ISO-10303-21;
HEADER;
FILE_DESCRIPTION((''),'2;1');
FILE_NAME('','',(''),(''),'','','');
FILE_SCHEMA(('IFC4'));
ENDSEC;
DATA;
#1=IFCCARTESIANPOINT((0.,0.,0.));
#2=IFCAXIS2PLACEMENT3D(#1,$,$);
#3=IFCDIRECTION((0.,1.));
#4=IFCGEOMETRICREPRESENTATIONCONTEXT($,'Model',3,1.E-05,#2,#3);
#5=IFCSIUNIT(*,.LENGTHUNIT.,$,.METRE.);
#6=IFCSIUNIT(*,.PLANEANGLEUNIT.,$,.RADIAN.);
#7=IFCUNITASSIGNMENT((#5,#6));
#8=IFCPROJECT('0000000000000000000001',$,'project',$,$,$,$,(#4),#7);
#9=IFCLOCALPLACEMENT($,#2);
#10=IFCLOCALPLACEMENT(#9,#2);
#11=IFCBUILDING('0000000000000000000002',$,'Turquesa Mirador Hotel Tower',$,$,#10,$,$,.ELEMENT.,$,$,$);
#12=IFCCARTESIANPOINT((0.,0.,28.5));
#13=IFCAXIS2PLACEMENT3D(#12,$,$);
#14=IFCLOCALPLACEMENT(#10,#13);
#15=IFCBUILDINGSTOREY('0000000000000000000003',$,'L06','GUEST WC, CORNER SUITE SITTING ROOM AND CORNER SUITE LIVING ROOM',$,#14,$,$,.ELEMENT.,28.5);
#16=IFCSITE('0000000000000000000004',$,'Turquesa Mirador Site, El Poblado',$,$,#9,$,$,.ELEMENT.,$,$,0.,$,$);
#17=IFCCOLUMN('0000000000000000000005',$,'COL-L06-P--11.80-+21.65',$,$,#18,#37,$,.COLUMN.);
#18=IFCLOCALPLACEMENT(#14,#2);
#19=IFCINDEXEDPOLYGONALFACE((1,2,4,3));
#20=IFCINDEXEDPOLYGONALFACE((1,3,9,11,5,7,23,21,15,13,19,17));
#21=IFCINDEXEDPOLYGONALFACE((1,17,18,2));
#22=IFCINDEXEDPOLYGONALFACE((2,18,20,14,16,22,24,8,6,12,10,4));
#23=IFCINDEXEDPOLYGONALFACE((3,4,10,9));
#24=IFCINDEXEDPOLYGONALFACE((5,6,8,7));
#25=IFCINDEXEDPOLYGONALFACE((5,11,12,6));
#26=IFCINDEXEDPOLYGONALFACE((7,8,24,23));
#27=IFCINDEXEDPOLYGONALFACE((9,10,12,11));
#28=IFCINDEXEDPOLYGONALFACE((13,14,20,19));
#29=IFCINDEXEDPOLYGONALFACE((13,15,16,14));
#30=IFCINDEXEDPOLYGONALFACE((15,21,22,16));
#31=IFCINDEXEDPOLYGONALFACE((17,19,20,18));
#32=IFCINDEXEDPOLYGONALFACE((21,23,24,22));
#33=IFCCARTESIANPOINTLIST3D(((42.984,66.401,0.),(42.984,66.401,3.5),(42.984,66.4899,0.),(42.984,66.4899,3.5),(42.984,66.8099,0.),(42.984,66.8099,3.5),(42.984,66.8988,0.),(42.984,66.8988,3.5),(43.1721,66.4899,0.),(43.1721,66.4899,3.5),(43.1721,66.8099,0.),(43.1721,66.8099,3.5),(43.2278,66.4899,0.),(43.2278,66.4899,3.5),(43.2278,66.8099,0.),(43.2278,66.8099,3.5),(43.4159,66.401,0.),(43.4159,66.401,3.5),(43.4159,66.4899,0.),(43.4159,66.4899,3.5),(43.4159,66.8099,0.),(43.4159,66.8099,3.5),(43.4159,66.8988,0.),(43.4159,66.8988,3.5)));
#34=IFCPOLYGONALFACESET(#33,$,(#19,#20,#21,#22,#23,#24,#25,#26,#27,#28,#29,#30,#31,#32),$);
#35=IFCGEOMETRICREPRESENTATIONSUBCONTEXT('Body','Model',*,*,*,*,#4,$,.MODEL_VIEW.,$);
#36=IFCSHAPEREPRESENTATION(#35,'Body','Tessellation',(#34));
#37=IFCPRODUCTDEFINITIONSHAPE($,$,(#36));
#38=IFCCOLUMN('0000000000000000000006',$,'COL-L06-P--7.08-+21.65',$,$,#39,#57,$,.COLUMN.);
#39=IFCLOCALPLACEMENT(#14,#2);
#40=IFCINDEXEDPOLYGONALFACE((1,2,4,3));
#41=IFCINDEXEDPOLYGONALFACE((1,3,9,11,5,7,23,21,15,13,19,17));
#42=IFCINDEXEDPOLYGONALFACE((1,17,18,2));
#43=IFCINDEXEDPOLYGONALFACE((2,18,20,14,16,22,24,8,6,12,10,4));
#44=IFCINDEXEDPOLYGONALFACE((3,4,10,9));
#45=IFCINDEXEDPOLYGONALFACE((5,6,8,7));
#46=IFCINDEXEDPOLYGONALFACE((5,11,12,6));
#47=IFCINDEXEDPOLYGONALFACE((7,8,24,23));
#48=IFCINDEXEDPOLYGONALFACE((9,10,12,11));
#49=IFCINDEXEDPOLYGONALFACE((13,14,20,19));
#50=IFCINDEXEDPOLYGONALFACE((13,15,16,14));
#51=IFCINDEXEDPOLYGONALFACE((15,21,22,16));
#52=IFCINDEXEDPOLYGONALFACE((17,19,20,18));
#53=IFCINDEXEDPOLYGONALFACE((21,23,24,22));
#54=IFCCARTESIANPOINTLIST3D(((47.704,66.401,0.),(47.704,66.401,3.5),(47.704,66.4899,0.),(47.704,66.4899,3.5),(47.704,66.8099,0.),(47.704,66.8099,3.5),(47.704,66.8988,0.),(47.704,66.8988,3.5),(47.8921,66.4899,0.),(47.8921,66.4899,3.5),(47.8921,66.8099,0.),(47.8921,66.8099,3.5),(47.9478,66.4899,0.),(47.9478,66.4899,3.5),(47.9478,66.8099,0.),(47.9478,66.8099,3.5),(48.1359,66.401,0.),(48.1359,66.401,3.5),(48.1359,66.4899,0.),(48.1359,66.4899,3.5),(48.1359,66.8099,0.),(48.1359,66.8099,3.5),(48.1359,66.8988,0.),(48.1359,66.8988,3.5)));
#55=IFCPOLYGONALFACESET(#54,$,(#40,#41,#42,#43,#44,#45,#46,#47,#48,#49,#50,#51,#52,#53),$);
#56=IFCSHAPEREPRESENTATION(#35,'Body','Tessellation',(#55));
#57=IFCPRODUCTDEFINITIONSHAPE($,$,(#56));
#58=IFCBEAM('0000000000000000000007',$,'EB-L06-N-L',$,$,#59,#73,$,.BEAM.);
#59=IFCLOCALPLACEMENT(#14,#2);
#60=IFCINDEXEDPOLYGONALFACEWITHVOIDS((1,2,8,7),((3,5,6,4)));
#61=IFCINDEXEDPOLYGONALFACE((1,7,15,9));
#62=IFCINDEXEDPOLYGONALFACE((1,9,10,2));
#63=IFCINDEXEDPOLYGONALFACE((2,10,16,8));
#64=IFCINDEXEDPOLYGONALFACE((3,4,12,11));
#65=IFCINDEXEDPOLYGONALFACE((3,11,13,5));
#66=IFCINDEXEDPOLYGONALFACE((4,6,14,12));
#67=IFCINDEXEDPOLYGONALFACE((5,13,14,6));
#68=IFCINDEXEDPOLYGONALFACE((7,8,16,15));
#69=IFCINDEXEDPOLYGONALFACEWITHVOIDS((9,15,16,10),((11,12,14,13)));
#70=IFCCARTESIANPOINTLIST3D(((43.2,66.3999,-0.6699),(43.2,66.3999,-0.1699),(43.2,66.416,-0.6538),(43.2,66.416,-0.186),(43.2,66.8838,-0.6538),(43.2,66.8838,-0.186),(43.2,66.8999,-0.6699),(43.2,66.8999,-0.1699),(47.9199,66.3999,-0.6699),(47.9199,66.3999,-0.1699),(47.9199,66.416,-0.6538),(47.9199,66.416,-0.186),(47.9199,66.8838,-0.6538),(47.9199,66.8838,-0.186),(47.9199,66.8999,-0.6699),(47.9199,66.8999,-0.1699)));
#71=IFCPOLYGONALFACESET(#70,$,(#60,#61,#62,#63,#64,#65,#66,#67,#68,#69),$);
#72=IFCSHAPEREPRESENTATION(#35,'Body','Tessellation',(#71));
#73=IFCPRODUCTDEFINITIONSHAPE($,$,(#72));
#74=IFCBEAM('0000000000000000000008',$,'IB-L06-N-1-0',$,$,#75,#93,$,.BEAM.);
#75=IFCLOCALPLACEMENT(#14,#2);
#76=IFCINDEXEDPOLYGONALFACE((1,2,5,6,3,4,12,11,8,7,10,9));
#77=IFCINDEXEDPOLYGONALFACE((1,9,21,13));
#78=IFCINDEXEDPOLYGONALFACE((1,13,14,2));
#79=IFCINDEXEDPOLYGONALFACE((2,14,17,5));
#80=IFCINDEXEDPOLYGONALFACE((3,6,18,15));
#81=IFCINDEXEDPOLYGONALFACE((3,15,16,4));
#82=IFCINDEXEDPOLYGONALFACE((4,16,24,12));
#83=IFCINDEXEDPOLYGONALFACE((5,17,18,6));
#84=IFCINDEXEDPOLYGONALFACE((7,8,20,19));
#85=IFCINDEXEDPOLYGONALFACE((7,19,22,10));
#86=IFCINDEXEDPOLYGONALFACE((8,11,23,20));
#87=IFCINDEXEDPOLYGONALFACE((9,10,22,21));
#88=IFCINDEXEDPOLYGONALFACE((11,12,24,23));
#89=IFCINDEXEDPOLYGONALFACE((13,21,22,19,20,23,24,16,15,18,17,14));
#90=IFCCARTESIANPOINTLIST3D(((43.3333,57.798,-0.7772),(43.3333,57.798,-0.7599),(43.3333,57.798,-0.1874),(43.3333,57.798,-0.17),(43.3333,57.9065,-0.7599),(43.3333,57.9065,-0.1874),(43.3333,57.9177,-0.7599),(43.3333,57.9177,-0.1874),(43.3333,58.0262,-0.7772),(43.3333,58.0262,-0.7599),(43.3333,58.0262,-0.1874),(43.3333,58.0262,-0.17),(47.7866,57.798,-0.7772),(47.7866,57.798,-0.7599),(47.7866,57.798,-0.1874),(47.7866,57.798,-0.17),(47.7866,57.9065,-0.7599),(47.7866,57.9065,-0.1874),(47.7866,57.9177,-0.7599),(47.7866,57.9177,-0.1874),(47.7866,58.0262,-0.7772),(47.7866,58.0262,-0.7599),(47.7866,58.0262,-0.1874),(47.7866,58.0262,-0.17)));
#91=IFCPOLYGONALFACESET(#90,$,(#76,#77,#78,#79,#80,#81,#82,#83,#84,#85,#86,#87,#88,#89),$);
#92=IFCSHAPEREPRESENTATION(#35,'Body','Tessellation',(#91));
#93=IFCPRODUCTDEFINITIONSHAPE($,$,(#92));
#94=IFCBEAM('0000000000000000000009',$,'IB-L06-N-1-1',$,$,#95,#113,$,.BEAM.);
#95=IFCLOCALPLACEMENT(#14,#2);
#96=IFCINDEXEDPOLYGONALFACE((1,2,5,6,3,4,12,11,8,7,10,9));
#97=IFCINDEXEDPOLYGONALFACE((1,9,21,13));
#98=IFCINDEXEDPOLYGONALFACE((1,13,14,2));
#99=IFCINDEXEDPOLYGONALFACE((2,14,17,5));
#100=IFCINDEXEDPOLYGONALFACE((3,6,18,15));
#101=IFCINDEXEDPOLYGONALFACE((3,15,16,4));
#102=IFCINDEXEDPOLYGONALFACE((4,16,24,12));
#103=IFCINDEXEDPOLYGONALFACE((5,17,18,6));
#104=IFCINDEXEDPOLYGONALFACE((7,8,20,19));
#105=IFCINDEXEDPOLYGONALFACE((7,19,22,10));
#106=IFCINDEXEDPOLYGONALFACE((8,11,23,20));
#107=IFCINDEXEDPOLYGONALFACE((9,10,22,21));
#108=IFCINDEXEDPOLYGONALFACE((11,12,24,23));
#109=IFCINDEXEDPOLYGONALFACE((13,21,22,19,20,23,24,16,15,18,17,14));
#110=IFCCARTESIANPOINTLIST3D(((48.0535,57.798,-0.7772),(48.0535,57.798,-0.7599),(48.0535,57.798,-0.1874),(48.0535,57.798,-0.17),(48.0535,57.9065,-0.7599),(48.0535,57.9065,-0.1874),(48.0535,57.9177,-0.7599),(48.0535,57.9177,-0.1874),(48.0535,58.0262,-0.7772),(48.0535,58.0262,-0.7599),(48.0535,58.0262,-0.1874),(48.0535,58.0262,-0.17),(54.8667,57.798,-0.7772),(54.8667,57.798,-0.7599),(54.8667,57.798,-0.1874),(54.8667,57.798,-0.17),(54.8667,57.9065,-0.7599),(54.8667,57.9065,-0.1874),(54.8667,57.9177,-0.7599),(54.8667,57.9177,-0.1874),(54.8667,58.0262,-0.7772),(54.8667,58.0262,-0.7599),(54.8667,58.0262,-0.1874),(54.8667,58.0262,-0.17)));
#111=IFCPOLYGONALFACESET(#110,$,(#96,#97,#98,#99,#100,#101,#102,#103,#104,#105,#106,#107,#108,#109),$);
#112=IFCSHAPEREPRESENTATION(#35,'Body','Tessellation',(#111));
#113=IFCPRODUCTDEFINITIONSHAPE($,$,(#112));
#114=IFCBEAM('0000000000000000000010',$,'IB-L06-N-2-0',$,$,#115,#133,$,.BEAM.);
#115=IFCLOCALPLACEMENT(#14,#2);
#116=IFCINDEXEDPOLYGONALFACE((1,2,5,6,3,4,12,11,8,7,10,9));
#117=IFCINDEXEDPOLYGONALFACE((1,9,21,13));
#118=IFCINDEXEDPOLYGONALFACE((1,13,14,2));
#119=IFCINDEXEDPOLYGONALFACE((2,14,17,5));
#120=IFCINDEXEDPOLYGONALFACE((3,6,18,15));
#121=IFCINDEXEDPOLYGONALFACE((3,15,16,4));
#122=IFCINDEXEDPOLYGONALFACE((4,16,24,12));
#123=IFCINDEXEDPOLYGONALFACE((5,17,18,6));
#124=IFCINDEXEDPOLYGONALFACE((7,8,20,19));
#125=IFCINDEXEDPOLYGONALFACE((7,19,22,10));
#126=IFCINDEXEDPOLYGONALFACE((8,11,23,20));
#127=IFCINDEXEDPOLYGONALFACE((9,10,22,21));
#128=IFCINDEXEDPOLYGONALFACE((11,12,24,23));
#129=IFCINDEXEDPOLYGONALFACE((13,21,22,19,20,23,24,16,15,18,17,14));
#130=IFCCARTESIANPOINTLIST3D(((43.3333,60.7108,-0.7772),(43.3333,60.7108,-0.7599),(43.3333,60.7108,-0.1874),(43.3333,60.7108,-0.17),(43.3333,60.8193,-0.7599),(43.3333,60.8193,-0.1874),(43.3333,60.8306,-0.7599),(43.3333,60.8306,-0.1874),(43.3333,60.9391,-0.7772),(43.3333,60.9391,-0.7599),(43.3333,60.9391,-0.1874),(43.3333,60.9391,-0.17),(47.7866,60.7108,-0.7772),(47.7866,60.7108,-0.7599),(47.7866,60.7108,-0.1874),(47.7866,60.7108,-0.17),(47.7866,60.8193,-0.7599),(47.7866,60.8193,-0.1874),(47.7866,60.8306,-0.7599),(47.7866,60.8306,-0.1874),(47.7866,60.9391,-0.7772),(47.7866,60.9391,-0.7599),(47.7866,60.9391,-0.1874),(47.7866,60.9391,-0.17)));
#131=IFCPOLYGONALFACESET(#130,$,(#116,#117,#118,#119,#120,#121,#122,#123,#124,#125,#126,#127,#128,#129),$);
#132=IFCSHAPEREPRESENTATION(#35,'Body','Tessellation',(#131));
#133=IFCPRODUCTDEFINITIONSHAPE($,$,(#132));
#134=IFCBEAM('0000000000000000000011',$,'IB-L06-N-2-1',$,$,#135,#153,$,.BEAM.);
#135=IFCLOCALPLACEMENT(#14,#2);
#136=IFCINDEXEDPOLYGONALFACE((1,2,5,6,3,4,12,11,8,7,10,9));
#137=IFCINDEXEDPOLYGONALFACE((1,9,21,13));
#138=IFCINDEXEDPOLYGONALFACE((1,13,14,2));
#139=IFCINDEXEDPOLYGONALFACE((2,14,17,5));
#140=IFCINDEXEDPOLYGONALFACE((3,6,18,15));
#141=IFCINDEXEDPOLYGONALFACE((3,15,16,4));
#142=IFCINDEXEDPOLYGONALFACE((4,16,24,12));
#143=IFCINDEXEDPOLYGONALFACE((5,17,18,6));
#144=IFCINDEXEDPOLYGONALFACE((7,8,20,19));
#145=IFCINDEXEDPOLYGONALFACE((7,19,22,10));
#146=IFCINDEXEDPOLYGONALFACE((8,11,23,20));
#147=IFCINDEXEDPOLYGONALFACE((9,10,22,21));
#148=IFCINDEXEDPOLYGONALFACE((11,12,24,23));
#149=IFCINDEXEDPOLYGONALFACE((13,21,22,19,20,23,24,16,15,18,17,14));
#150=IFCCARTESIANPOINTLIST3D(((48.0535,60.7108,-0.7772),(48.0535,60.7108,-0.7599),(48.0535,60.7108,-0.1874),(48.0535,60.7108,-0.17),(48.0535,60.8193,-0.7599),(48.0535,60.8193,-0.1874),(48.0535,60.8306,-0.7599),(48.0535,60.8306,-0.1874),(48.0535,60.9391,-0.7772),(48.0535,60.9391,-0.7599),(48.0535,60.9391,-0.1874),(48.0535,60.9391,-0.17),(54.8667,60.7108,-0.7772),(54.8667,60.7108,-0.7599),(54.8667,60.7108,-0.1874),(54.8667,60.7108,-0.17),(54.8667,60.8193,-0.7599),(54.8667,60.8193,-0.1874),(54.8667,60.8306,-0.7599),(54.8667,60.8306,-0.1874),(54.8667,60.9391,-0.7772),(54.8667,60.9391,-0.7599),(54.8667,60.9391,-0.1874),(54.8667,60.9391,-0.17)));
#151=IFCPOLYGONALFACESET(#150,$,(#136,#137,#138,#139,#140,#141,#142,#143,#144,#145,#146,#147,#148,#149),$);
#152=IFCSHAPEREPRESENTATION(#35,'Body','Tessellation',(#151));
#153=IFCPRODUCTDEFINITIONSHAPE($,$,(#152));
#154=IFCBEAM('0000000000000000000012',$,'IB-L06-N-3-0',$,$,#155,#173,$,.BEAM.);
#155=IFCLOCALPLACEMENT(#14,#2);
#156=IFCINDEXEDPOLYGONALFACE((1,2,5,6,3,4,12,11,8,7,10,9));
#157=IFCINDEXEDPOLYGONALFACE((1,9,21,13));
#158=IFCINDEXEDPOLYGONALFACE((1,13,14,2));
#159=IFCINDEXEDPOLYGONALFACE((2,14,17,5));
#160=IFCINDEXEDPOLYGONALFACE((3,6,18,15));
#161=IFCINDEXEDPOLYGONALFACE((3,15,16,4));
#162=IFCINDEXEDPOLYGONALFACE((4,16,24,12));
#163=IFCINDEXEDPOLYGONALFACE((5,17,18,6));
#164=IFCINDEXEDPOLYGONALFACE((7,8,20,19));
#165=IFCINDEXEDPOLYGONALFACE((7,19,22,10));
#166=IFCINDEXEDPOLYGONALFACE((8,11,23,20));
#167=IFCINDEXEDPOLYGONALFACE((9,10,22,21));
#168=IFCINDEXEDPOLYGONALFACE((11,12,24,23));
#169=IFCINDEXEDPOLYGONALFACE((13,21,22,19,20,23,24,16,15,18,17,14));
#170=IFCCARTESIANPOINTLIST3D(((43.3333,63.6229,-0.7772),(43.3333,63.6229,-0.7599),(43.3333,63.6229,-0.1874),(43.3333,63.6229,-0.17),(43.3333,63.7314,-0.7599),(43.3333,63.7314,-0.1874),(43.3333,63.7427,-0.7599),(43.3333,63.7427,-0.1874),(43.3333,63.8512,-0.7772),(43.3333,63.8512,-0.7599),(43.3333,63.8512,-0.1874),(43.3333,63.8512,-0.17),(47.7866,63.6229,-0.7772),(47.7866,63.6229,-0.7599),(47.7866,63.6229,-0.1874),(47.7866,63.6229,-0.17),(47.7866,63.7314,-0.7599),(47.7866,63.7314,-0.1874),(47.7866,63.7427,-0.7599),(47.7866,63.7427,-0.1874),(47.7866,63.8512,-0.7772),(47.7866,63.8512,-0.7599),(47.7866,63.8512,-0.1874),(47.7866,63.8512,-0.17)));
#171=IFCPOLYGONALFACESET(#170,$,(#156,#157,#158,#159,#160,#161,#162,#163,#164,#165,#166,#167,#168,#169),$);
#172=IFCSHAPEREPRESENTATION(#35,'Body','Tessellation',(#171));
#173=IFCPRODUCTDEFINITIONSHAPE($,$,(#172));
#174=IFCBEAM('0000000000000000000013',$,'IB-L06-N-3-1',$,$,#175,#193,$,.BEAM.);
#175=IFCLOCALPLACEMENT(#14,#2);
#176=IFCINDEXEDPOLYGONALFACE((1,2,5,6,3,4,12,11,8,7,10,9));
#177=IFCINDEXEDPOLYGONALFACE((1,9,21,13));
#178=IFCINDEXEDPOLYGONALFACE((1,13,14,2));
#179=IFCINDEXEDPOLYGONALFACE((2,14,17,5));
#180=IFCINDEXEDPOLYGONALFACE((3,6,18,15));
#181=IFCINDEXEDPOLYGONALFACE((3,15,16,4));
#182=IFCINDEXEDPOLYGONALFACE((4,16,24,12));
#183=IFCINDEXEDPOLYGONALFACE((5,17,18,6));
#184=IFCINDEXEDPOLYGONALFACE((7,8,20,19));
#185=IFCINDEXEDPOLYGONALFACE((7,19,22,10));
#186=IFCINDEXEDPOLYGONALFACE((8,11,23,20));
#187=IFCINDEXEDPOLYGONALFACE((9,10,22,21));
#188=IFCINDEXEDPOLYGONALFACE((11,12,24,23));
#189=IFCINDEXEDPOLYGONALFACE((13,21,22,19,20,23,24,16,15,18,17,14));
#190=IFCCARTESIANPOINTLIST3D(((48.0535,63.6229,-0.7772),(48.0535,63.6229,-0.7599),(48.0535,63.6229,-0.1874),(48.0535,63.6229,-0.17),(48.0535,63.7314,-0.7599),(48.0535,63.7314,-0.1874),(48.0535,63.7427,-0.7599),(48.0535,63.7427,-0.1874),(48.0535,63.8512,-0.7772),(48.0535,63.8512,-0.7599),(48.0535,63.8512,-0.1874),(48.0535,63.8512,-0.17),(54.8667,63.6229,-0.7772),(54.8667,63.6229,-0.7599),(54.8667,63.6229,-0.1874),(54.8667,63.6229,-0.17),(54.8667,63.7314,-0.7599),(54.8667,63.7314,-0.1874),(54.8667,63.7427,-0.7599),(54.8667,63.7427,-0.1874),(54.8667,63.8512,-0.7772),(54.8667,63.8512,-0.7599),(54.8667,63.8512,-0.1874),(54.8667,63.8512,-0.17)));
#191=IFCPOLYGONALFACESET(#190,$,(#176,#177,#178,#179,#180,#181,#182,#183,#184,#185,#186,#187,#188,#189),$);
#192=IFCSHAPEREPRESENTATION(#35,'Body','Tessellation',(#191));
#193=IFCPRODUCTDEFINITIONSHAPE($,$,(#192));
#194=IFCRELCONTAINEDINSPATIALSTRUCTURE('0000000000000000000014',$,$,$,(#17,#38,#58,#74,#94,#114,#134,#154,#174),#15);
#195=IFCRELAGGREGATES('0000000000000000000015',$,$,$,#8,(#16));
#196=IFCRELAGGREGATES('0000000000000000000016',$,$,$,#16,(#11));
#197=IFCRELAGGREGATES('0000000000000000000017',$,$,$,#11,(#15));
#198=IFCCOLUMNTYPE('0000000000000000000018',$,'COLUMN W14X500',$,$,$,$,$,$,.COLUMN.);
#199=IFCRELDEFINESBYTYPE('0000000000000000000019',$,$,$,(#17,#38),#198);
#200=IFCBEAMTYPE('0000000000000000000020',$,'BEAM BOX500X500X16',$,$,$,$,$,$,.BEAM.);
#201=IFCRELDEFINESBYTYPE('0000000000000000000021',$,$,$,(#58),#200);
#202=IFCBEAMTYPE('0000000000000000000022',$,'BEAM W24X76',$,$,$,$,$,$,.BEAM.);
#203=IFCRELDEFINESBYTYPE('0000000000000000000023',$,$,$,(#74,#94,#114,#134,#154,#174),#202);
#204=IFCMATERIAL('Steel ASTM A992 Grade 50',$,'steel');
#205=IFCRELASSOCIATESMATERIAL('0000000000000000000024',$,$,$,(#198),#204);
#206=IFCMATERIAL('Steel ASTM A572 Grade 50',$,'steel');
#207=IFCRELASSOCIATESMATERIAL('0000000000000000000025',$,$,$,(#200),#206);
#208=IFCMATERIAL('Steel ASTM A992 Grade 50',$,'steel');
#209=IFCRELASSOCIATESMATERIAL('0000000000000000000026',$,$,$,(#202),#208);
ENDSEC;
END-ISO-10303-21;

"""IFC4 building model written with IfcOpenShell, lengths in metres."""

from ifc_helpers import new_model, si_unit, direction, frame, origin, origin_2d, place, context, subcontext, project, spatial, hollow_rectangle, i_section, extrude, material, material_profile, profile_set, type_object, element, save


model = new_model("IFC4")

# Units and contexts
model_context = context("Model", 3, precision=1e-05, world=origin(), true_north=direction((0.0, 1.0)))
body_context = subcontext(model_context, "Body", "Model", "MODEL_VIEW")
ifc_project = project(units=[si_unit("LENGTHUNIT", "METRE"), si_unit("PLANEANGLEUNIT", "RADIAN")], contexts=[model_context])

# Site, building, storey
site_placement = place(None, origin())
site = spatial("IfcSite", under=ifc_project, at=site_placement, Name="Turquesa Mirador Site, El Poblado", CompositionType="ELEMENT", RefElevation=0.0)
building_placement = place(site_placement, origin())
building = spatial("IfcBuilding", under=site, at=building_placement, Name="Turquesa Mirador Hotel Tower", CompositionType="ELEMENT")
storey_placement = place(building_placement, frame((0.0, 0.0, 28.5)))
storey = spatial("IfcBuildingStorey", under=building, at=storey_placement, Name="L06", Description="GUEST WC, CORNER SUITE SITTING ROOM AND CORNER SUITE LIVING ROOM", CompositionType="ELEMENT", Elevation=28.5)

# Columns
ifc_material_1 = material(Name="Steel ASTM A992 Grade 50", Category="steel")
ifc_material_profile_1 = material_profile(ifc_material_1, i_section(OverallWidth=0.4319, OverallDepth=0.4978, WebThickness=0.0557, FlangeThickness=0.0889, at=origin_2d()), Name="W14X500")
ifc_profile_set_1 = profile_set([ifc_material_profile_1], Name="Steel ASTM A992 Grade 50")
column_type = type_object("IfcColumnType", Name="COLUMN W14X500", PredefinedType="COLUMN", material=ifc_profile_set_1)
for number, where, z_axis, x_axis, name in (
    (1, (43.2, 66.6499, 0.0), (0.0, 0.0, 1.0), (1.0, 0.0, 0.0), "COL-L06-P--11.80-+21.65"),
    (2, (47.9199, 66.6499, 0.0), (0.0, 0.0, 1.0), (1.0, 0.0, 0.0), "COL-L06-P--7.08-+21.65"),
):
    element("IfcColumn", number, at=place(storey_placement, frame(where, z_axis=z_axis, x_axis=x_axis)), inside=storey, type_object=column_type, Name=name, PredefinedType="COLUMN", context=body_context, shape_type="SweptSolid", body=[
        extrude(i_section(OverallWidth=0.4319, OverallDepth=0.4978, WebThickness=0.0557, FlangeThickness=0.0889, at=origin_2d()), origin(), (0.0, 0.0, 1.0), 3.5),
    ])

# Beams
ifc_material_2 = material(Name="Steel ASTM A572 Grade 50", Category="steel")
ifc_material_profile_2 = material_profile(ifc_material_2, hollow_rectangle(XDim=0.5, YDim=0.5, WallThickness=0.0161, at=origin_2d()), Name="BOX500X500X16")
ifc_profile_set_2 = profile_set([ifc_material_profile_2], Name="Steel ASTM A572 Grade 50")
beam_type_1 = type_object("IfcBeamType", Name="BEAM BOX500X500X16", PredefinedType="BEAM", material=ifc_profile_set_2)
beam_1_placement = place(storey_placement, frame((43.2, 66.6499, -0.4199), z_axis=(1.0, 0.0, 0.0), x_axis=(0.0, 1.0, 0.0)))
element("IfcBeam", 3, at=beam_1_placement, inside=storey, type_object=beam_type_1, Name="EB-L06-N-L", PredefinedType="BEAM", context=body_context, shape_type="SweptSolid", body=[
    extrude(hollow_rectangle(XDim=0.5, YDim=0.5, WallThickness=0.0161, at=origin_2d()), origin(), (0.0, 0.0, 1.0), 4.72),
])
ifc_material_3 = material(Name="Steel ASTM A992 Grade 50", Category="steel")
ifc_material_profile_3 = material_profile(ifc_material_3, i_section(OverallWidth=0.2283, OverallDepth=0.6072, WebThickness=0.0112, FlangeThickness=0.0173, at=origin_2d()), Name="W24X76")
ifc_profile_set_3 = profile_set([ifc_material_profile_3], Name="Steel ASTM A992 Grade 50")
beam_type_2 = type_object("IfcBeamType", Name="BEAM W24X76", PredefinedType="BEAM", material=ifc_profile_set_3)
beam_2_placement = place(storey_placement, frame((43.3333, 57.9121, -0.4736), z_axis=(1.0, 0.0, 0.0), x_axis=(0.0, 1.0, 0.0)))
element("IfcBeam", 4, at=beam_2_placement, inside=storey, type_object=beam_type_2, Name="IB-L06-N-1-0", PredefinedType="BEAM", context=body_context, shape_type="SweptSolid", body=[
    extrude(i_section(OverallWidth=0.2283, OverallDepth=0.6072, WebThickness=0.0112, FlangeThickness=0.0173, at=origin_2d()), origin(), (0.0, 0.0, 1.0), 4.4534),
])
beam_3_placement = place(storey_placement, frame((48.0535, 57.9121, -0.4736), z_axis=(1.0, 0.0, 0.0), x_axis=(0.0, 1.0, 0.0)))
element("IfcBeam", 5, at=beam_3_placement, inside=storey, type_object=beam_type_2, Name="IB-L06-N-1-1", PredefinedType="BEAM", context=body_context, shape_type="SweptSolid", body=[
    extrude(i_section(OverallWidth=0.2283, OverallDepth=0.6072, WebThickness=0.0112, FlangeThickness=0.0173, at=origin_2d()), origin(), (0.0, 0.0, 1.0), 6.8132),
])
beam_4_placement = place(storey_placement, frame((43.3333, 60.825, -0.4736), z_axis=(1.0, 0.0, 0.0), x_axis=(0.0, 1.0, 0.0)))
element("IfcBeam", 6, at=beam_4_placement, inside=storey, type_object=beam_type_2, Name="IB-L06-N-2-0", PredefinedType="BEAM", context=body_context, shape_type="SweptSolid", body=[
    extrude(i_section(OverallWidth=0.2283, OverallDepth=0.6072, WebThickness=0.0112, FlangeThickness=0.0173, at=origin_2d()), origin(), (0.0, 0.0, 1.0), 4.4534),
])
beam_5_placement = place(storey_placement, frame((48.0535, 60.825, -0.4736), z_axis=(1.0, 0.0, 0.0), x_axis=(0.0, 1.0, 0.0)))
element("IfcBeam", 7, at=beam_5_placement, inside=storey, type_object=beam_type_2, Name="IB-L06-N-2-1", PredefinedType="BEAM", context=body_context, shape_type="SweptSolid", body=[
    extrude(i_section(OverallWidth=0.2283, OverallDepth=0.6072, WebThickness=0.0112, FlangeThickness=0.0173, at=origin_2d()), origin(), (0.0, 0.0, 1.0), 6.8132),
])
beam_6_placement = place(storey_placement, frame((43.3333, 63.7371, -0.4736), z_axis=(1.0, 0.0, 0.0), x_axis=(0.0, 1.0, 0.0)))
element("IfcBeam", 8, at=beam_6_placement, inside=storey, type_object=beam_type_2, Name="IB-L06-N-3-0", PredefinedType="BEAM", context=body_context, shape_type="SweptSolid", body=[
    extrude(i_section(OverallWidth=0.2283, OverallDepth=0.6072, WebThickness=0.0112, FlangeThickness=0.0173, at=origin_2d()), origin(), (0.0, 0.0, 1.0), 4.4534),
])
beam_7_placement = place(storey_placement, frame((48.0535, 63.7371, -0.4736), z_axis=(1.0, 0.0, 0.0), x_axis=(0.0, 1.0, 0.0)))
element("IfcBeam", 9, at=beam_7_placement, inside=storey, type_object=beam_type_2, Name="IB-L06-N-3-1", PredefinedType="BEAM", context=body_context, shape_type="SweptSolid", body=[
    extrude(i_section(OverallWidth=0.2283, OverallDepth=0.6072, WebThickness=0.0112, FlangeThickness=0.0173, at=origin_2d()), origin(), (0.0, 0.0, 1.0), 6.8132),
])

save(model, "model.ifc")
